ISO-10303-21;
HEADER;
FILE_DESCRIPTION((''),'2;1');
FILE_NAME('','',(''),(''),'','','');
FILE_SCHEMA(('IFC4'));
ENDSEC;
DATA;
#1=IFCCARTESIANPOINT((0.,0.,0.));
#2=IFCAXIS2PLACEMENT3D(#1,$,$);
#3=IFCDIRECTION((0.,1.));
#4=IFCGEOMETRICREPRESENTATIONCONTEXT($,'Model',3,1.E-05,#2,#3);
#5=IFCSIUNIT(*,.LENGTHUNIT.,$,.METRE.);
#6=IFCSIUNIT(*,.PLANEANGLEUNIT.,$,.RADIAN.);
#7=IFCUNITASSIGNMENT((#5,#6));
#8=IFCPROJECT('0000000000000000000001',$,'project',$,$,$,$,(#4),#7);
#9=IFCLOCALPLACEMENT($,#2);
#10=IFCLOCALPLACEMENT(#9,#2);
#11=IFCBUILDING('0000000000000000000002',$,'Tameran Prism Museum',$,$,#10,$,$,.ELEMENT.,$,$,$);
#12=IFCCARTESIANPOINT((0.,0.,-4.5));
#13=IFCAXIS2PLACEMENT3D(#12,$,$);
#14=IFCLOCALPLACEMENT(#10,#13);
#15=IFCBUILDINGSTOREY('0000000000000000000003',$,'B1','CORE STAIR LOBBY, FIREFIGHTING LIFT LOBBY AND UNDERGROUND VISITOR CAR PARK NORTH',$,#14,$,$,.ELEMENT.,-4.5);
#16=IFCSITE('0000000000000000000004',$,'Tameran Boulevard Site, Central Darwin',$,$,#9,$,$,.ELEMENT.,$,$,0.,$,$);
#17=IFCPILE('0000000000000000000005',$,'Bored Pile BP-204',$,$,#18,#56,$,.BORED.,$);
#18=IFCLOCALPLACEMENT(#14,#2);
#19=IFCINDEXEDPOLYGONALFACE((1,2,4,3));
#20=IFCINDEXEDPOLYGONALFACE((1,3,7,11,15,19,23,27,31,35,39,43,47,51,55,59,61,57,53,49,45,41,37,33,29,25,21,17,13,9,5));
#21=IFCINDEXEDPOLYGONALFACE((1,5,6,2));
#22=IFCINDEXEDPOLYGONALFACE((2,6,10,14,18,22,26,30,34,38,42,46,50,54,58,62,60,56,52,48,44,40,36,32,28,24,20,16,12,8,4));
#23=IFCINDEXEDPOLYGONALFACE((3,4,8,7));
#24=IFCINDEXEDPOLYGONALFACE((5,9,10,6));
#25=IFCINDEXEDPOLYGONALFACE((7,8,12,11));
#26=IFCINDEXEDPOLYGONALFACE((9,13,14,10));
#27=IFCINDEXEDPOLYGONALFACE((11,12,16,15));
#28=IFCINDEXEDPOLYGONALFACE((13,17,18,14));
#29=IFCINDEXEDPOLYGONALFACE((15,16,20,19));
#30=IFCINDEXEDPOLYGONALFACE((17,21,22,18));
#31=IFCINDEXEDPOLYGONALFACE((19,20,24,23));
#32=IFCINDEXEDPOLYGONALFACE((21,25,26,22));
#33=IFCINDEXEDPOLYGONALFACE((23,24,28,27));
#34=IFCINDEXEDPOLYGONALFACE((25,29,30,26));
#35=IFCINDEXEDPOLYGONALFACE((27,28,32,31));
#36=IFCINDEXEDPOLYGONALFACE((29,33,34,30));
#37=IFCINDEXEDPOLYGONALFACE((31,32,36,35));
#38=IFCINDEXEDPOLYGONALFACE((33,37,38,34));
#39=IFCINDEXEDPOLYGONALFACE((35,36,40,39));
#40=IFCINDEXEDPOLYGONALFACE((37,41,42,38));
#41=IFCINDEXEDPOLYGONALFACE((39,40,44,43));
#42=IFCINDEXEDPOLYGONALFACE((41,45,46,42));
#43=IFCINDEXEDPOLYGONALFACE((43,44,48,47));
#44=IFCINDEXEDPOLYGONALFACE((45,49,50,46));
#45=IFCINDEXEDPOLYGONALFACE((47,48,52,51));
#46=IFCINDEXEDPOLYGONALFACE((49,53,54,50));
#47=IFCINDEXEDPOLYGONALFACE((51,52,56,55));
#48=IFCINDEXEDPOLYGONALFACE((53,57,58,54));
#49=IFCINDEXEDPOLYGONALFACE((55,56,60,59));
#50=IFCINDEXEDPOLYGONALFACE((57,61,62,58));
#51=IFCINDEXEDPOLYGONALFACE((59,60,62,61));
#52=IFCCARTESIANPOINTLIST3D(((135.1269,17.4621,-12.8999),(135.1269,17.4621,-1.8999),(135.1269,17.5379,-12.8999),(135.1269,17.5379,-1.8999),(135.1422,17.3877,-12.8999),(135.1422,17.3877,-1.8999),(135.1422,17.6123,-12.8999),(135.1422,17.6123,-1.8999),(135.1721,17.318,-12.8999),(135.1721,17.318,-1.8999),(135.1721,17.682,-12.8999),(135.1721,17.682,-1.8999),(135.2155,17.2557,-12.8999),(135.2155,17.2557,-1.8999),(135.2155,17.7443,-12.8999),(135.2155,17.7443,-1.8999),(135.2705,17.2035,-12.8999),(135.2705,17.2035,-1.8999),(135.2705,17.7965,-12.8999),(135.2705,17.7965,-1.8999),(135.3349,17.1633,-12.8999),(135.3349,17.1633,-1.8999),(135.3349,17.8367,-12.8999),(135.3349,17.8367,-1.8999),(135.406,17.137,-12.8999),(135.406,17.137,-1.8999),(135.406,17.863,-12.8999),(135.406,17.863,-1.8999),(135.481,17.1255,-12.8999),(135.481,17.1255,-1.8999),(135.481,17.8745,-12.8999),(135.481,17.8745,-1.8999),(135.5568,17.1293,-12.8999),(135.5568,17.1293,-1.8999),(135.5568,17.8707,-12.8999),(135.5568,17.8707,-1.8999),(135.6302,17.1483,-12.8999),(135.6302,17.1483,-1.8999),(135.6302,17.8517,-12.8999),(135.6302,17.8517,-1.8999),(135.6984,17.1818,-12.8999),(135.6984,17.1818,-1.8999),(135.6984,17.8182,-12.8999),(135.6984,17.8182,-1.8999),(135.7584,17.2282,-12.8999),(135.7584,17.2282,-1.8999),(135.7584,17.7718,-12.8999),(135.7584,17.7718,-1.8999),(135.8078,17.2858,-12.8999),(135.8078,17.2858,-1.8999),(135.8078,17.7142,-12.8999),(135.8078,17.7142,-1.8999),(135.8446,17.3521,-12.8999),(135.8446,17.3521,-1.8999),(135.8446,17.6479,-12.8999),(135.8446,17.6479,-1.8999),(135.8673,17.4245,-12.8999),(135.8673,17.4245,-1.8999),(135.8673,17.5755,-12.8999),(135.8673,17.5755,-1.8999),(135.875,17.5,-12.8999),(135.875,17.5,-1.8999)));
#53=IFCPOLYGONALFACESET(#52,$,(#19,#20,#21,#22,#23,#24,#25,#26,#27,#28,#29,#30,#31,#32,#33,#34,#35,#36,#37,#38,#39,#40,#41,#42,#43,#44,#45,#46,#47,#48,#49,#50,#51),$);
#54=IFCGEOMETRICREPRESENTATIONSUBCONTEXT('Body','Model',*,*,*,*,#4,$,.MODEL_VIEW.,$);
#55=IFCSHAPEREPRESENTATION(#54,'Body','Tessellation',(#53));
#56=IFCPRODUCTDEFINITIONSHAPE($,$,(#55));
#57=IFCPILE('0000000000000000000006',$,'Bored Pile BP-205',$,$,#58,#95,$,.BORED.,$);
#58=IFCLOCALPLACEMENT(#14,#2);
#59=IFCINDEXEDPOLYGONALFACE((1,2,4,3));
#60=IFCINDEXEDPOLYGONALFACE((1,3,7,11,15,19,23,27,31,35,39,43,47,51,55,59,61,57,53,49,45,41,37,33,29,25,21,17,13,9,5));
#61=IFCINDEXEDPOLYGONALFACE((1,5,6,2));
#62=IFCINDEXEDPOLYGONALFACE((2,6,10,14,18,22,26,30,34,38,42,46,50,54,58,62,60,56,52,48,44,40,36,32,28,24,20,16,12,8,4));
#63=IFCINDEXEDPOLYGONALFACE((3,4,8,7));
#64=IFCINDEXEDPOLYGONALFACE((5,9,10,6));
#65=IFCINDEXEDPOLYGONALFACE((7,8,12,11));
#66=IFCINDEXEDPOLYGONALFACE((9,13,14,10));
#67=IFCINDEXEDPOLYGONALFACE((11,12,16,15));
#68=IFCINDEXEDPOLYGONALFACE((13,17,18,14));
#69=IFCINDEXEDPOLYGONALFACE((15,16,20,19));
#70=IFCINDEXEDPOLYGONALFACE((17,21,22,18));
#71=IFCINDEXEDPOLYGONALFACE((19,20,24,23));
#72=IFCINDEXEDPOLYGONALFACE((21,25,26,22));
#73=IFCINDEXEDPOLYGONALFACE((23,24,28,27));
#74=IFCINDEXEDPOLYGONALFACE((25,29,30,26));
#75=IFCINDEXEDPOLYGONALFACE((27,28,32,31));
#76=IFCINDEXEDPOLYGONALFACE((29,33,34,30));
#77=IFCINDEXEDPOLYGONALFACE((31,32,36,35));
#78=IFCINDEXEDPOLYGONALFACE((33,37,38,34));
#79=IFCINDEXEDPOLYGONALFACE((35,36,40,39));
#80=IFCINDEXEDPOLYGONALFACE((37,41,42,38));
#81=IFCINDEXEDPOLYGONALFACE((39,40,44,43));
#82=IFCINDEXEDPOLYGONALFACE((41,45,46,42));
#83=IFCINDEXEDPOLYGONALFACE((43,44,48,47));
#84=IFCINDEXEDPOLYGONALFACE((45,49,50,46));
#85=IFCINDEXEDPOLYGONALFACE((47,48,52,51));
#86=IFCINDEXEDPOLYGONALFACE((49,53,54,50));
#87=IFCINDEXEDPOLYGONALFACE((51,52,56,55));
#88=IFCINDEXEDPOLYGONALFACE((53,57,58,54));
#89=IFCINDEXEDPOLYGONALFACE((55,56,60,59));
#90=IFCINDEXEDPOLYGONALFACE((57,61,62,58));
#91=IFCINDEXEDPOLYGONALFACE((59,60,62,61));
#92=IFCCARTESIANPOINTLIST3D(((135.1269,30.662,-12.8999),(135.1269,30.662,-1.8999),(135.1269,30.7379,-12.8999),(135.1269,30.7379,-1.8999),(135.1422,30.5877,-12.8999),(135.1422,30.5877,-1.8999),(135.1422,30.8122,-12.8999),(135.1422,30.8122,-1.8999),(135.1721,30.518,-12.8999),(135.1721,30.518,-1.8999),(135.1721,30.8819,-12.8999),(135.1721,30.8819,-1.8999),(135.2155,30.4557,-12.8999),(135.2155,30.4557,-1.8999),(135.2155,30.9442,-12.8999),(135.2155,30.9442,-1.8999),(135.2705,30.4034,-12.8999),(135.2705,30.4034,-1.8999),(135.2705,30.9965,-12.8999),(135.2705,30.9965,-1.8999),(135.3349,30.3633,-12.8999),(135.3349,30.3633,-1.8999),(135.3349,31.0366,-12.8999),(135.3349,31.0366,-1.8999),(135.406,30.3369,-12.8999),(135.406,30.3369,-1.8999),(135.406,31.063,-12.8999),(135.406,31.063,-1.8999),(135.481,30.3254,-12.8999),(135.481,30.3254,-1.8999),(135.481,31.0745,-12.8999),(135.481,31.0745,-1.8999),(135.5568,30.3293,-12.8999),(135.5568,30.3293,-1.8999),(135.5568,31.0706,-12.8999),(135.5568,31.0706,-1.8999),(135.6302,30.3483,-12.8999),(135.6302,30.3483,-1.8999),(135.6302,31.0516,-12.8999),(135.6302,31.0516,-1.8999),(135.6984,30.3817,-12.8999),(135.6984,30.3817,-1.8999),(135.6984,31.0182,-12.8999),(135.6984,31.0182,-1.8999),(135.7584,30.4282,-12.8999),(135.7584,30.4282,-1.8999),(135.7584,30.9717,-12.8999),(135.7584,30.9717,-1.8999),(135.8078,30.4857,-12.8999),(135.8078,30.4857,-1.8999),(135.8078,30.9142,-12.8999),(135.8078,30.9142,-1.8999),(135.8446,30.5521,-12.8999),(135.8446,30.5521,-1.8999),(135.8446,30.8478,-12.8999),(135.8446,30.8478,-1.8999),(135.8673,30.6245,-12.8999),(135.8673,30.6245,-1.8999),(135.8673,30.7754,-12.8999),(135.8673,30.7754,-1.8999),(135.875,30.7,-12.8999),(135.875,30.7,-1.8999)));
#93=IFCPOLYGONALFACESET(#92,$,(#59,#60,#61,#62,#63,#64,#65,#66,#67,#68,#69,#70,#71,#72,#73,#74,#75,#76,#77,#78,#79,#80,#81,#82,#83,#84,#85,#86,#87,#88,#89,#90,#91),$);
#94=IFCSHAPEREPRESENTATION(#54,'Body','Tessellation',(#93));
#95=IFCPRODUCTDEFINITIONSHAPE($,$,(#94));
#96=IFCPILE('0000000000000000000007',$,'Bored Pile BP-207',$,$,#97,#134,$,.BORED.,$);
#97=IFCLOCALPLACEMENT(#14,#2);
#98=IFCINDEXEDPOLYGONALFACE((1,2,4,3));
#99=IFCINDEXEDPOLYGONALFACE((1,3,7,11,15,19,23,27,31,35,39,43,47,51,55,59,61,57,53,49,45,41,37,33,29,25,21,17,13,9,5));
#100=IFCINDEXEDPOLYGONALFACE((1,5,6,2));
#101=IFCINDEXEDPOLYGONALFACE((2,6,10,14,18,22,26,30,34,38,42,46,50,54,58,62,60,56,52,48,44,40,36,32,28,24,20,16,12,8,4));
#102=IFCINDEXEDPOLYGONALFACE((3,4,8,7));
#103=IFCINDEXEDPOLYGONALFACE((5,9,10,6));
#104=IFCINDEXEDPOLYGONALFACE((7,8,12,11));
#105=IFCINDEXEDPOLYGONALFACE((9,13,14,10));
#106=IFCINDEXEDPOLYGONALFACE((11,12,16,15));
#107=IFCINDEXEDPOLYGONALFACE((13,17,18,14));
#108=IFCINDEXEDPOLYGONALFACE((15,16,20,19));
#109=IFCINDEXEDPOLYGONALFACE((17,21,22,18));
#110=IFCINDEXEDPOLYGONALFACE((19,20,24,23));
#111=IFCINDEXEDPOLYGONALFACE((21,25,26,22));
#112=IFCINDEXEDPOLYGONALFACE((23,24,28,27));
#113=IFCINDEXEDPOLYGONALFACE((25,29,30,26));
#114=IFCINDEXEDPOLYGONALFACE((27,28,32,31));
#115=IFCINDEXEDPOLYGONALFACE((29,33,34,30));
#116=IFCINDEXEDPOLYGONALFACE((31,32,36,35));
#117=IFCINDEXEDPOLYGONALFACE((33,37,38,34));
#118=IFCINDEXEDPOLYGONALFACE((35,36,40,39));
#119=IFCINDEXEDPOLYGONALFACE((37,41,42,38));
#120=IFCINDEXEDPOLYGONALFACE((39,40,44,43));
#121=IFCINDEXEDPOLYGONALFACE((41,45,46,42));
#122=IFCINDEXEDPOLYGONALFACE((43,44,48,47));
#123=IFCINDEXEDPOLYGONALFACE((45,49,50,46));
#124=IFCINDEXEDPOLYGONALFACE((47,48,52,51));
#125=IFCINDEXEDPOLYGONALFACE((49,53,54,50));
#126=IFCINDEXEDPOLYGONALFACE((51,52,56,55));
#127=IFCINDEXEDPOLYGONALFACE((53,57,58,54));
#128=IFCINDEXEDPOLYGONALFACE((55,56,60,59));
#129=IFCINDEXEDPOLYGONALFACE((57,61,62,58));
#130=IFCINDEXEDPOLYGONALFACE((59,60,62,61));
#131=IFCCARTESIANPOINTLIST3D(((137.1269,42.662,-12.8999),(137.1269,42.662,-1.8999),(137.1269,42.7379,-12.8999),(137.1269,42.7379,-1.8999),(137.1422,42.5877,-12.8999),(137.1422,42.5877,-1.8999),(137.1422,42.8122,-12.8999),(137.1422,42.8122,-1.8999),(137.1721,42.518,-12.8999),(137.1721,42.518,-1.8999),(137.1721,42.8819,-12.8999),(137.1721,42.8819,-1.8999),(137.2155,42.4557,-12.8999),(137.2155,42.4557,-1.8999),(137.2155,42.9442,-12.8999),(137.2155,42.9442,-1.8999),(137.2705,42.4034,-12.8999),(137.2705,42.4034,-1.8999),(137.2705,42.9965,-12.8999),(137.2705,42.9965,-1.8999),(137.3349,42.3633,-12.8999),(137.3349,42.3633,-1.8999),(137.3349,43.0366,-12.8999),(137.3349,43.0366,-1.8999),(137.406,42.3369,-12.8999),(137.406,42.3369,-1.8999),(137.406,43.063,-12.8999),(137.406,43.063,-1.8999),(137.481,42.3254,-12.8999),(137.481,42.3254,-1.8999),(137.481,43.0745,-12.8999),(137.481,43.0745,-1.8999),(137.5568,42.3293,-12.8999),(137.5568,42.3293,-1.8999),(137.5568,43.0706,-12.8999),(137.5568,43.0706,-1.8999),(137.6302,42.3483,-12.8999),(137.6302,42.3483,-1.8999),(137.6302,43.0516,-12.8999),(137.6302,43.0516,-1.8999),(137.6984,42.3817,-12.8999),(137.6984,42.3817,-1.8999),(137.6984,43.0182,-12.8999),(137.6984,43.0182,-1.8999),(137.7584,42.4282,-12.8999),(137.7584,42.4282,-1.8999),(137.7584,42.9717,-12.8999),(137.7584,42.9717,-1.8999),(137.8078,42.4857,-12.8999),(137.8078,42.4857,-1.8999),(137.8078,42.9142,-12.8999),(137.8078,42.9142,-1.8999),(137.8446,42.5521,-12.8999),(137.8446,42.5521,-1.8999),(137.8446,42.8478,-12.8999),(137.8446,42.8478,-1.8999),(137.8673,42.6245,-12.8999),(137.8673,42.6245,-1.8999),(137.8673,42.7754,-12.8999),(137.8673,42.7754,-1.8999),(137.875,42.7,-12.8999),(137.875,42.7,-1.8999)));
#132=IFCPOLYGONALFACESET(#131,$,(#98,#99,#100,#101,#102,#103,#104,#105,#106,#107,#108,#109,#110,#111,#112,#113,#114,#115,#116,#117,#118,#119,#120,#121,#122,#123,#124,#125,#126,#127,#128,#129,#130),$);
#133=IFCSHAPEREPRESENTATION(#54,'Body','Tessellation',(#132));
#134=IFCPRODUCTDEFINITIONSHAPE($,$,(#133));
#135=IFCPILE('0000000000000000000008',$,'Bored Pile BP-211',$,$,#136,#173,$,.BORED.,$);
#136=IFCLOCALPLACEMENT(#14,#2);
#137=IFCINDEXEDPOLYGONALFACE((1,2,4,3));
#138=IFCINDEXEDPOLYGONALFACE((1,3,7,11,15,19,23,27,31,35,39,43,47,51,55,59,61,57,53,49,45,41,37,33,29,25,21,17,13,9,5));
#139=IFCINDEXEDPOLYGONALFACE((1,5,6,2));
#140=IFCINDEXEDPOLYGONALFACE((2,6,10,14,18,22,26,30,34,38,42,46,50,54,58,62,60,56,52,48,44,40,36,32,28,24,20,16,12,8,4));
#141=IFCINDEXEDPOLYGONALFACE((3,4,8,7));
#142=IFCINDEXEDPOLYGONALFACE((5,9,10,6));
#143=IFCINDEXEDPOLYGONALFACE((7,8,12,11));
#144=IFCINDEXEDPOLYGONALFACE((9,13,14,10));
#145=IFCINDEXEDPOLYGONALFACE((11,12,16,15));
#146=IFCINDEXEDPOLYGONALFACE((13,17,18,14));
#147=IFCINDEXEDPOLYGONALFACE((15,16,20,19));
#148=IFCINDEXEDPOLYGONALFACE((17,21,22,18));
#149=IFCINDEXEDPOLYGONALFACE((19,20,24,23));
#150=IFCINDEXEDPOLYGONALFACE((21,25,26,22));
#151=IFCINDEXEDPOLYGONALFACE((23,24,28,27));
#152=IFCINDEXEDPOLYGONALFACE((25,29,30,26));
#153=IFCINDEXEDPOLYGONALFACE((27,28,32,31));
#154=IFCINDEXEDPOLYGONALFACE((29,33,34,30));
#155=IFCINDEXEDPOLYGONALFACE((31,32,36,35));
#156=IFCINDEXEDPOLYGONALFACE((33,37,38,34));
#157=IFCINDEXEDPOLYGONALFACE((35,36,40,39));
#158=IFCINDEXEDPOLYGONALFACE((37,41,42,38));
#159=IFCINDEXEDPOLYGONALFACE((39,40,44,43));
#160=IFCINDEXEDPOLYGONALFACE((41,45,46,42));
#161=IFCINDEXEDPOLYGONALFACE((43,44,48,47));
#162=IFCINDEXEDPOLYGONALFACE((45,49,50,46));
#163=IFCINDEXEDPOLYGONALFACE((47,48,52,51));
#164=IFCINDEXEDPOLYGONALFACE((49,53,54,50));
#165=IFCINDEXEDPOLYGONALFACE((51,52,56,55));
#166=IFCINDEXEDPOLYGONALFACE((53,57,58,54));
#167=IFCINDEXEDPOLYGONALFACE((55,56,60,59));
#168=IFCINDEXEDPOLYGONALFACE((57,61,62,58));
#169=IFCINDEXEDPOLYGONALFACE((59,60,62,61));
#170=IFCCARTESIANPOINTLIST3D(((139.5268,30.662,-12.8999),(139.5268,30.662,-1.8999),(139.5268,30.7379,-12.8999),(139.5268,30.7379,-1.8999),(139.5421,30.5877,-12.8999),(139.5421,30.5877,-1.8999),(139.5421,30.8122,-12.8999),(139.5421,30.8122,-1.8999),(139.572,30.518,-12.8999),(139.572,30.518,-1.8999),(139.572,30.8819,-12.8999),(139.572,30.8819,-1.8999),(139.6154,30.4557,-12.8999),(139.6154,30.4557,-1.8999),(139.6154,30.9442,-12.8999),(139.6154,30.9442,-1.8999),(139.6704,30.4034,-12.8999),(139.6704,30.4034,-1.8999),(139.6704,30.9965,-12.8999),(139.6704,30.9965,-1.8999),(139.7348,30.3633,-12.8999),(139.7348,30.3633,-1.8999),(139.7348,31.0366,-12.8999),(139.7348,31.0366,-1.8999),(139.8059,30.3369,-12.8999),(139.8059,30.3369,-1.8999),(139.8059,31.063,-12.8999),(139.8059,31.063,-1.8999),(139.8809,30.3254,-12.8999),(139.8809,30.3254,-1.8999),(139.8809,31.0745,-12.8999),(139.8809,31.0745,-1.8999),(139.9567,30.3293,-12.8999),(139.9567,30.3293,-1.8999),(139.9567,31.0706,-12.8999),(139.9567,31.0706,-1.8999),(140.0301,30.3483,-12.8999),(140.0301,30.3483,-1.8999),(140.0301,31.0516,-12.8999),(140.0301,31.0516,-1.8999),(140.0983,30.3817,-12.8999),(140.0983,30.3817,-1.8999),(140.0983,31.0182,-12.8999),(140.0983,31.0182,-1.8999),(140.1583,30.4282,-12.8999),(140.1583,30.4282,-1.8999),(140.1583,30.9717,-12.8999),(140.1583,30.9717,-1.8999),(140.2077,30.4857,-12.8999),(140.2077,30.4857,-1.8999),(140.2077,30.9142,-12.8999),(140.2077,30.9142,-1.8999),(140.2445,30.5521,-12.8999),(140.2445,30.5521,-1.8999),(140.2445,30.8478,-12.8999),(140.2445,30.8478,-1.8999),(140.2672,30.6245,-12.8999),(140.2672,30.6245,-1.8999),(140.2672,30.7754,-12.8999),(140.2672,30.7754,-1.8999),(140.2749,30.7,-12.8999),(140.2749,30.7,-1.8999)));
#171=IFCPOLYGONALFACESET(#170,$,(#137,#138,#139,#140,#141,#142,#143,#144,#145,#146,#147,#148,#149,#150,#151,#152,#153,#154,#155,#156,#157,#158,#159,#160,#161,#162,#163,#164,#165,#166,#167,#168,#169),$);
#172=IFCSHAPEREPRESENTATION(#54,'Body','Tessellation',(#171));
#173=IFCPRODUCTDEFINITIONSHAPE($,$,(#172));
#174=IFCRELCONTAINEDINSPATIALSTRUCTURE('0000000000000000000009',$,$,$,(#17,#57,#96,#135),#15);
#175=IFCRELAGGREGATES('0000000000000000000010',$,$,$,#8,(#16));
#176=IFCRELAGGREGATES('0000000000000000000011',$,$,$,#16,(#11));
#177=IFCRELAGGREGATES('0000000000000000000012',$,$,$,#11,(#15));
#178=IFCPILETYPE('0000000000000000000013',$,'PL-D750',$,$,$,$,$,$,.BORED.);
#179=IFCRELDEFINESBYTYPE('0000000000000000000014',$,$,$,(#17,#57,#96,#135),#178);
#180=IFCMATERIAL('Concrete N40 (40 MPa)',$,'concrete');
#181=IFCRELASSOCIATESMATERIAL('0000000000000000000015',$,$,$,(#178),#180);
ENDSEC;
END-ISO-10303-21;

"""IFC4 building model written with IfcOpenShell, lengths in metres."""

from ifc_helpers import new_model, si_unit, direction, frame, origin, origin_2d, place, context, subcontext, project, spatial, circle, extrude, material, material_profile, profile_set, type_object, element, save


model = new_model("IFC4")

# Units and contexts
model_context = context("Model", 3, precision=1e-05, world=origin(), true_north=direction((0.0, 1.0)))
body_context = subcontext(model_context, "Body", "Model", "MODEL_VIEW")
ifc_project = project(units=[si_unit("LENGTHUNIT", "METRE"), si_unit("PLANEANGLEUNIT", "RADIAN")], contexts=[model_context])

# Site, building, storey
site_placement = place(None, origin())
site = spatial("IfcSite", under=ifc_project, at=site_placement, Name="Tameran Boulevard Site, Central Darwin", CompositionType="ELEMENT", RefElevation=0.0)
building_placement = place(site_placement, origin())
building = spatial("IfcBuilding", under=site, at=building_placement, Name="Tameran Prism Museum", CompositionType="ELEMENT")
storey_placement = place(building_placement, frame((0.0, 0.0, -4.5)))
storey = spatial("IfcBuildingStorey", under=building, at=storey_placement, Name="B1", Description="CORE STAIR LOBBY, FIREFIGHTING LIFT LOBBY AND UNDERGROUND VISITOR CAR PARK NORTH", CompositionType="ELEMENT", Elevation=-4.5)

# Piles
ifc_material_1 = material(Name="Concrete N40 (40 MPa)", Category="concrete")
ifc_material_profile_1 = material_profile(ifc_material_1, circle(Radius=0.375, at=origin_2d()))
ifc_profile_set_1 = profile_set([ifc_material_profile_1])
pile_type_1 = type_object("IfcPileType", Name="PL-D750", PredefinedType="BORED", material=ifc_profile_set_1)
for number, where, z_axis, x_axis, name in (
    (1, (135.5, 17.5, -1.8999), (0.0, 0.0, -1.0), (1.0, 0.0, 0.0), "Bored Pile BP-204"),
    (2, (135.5, 30.7, -1.8999), (0.0, 0.0, -1.0), (1.0, 0.0, 0.0), "Bored Pile BP-205"),
    (3, (137.5, 42.7, -1.8999), (0.0, 0.0, -1.0), (1.0, 0.0, 0.0), "Bored Pile BP-207"),
    (4, (139.8999, 30.7, -1.8999), (0.0, 0.0, -1.0), (1.0, 0.0, 0.0), "Bored Pile BP-211"),
):
    element("IfcPile", number, at=place(storey_placement, frame(where, z_axis=z_axis, x_axis=x_axis)), inside=storey, type_object=pile_type_1, Name=name, PredefinedType="BORED", context=body_context, shape_type="SweptSolid", body=[
        extrude(circle(Radius=0.375, at=origin_2d()), origin(), (0.0, 0.0, 1.0), 11.0),
    ])

save(model, "model.ifc")
